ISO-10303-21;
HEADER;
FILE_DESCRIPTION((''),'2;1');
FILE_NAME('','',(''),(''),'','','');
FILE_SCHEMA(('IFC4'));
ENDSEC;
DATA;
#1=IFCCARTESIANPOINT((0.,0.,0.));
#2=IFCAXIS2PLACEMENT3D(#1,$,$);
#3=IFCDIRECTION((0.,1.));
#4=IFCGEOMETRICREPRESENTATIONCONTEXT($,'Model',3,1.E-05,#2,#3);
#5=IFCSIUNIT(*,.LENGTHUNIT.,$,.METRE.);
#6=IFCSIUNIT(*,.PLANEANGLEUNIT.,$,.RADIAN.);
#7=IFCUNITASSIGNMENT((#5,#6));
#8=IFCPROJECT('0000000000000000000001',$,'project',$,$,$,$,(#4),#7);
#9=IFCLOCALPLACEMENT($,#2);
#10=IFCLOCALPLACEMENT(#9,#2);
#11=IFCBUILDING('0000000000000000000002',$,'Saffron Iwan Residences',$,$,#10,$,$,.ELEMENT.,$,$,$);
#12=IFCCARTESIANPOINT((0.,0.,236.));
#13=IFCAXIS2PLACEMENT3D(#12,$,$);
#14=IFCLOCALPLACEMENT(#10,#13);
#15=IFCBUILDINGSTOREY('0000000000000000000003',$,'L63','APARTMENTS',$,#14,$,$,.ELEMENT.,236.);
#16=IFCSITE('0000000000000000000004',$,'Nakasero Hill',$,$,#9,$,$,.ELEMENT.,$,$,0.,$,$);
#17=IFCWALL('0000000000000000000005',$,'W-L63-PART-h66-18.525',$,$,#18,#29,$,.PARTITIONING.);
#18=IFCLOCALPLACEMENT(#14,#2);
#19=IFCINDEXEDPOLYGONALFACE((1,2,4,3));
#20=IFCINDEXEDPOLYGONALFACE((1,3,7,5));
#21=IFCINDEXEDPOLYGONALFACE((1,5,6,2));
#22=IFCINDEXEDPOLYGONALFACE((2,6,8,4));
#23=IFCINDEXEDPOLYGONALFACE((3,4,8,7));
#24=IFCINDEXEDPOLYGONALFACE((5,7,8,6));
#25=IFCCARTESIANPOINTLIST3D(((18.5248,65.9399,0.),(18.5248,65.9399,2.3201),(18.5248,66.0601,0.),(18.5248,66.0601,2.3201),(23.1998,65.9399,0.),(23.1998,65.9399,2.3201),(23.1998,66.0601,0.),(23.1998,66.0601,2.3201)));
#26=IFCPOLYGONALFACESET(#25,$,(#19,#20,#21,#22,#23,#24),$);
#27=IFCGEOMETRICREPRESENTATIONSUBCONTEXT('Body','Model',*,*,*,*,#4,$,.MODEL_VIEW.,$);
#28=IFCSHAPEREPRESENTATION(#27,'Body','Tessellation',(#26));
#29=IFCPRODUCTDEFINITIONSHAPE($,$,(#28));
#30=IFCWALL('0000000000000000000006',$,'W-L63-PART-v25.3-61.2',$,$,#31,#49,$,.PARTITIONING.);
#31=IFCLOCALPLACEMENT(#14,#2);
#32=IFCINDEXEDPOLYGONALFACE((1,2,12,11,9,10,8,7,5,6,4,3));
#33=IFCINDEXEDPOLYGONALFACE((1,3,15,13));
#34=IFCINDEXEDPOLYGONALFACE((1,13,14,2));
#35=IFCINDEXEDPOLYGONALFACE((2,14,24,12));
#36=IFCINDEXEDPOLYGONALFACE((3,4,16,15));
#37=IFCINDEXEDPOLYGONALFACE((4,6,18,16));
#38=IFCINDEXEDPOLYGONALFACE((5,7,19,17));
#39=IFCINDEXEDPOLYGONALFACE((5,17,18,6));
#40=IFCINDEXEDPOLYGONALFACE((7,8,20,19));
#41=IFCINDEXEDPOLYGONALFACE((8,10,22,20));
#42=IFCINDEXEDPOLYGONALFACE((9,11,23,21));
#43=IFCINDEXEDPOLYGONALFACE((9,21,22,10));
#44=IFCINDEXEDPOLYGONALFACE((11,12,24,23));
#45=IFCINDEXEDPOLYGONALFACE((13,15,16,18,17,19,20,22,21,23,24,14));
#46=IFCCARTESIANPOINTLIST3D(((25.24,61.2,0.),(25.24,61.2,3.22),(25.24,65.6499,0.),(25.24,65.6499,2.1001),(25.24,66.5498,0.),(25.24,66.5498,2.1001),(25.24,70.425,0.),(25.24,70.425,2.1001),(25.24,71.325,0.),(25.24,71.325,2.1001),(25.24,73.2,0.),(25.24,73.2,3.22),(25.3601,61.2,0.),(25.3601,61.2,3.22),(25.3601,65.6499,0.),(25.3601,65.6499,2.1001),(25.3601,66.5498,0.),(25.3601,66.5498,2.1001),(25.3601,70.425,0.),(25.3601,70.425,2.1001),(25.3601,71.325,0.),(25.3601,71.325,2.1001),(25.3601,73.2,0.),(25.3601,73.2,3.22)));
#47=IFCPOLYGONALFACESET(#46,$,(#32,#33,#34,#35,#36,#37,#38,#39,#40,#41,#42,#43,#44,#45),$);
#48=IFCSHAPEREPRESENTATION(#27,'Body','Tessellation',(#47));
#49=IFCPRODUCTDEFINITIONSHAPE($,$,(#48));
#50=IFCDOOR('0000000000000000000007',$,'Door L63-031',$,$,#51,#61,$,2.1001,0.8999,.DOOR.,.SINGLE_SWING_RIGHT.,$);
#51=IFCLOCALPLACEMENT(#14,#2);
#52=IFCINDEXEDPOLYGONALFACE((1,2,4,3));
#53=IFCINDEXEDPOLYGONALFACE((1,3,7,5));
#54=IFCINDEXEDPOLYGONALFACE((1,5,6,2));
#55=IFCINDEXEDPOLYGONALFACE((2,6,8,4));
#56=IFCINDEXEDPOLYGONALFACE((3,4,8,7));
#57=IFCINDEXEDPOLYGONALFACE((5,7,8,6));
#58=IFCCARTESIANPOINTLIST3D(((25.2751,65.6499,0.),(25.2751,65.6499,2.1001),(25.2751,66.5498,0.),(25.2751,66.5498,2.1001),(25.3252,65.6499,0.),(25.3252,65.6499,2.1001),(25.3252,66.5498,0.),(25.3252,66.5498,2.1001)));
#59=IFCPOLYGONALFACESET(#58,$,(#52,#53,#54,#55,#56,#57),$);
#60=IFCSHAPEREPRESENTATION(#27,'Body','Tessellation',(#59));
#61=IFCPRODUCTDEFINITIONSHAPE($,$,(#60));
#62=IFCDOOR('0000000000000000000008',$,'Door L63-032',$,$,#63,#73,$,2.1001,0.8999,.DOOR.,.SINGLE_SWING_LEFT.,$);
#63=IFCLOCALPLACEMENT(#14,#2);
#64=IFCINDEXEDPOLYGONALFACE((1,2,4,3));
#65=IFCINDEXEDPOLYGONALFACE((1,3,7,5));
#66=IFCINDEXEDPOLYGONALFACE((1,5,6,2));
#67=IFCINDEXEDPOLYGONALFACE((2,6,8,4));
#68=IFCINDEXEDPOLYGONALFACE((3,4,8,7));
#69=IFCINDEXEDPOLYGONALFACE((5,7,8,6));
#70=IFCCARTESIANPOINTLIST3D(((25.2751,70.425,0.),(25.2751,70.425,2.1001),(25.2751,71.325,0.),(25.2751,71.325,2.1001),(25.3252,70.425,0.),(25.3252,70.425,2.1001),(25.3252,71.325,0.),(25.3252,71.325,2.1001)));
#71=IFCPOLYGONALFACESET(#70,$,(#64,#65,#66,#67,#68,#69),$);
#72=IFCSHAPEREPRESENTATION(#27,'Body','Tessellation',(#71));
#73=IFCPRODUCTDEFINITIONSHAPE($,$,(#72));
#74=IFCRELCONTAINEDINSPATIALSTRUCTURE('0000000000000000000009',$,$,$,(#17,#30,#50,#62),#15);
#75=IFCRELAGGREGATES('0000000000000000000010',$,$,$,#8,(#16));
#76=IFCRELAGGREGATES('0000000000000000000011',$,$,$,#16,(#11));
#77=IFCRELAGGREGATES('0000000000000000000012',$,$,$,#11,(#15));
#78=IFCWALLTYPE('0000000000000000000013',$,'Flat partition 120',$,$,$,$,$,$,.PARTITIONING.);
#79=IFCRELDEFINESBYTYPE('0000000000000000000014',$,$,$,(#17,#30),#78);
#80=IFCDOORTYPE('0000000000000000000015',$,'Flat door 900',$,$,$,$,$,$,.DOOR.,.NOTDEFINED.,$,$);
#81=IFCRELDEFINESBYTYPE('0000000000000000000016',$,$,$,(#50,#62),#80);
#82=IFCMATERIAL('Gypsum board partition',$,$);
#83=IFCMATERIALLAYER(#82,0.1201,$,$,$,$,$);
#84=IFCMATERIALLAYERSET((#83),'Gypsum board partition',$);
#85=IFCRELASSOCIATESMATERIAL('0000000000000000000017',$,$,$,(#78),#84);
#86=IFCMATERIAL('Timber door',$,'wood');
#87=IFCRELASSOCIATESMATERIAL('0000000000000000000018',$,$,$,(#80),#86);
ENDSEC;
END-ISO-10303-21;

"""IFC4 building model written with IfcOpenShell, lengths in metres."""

from ifc_helpers import new_model, si_unit, direction, frame, frame_2d, origin, place, context, subcontext, project, spatial, rectangle, extrude, material, layer, layer_set, type_object, element, fill, save


model = new_model("IFC4")

# Units and contexts
model_context = context("Model", 3, precision=1e-05, world=origin(), true_north=direction((0.0, 1.0)))
body_context = subcontext(model_context, "Body", "Model", "MODEL_VIEW")
ifc_project = project(units=[si_unit("LENGTHUNIT", "METRE"), si_unit("PLANEANGLEUNIT", "RADIAN")], contexts=[model_context])

# Site, building, storey
site_placement = place(None, origin())
site = spatial("IfcSite", under=ifc_project, at=site_placement, Name="Nakasero Hill", CompositionType="ELEMENT", RefElevation=0.0)
building_placement = place(site_placement, origin())
building = spatial("IfcBuilding", under=site, at=building_placement, Name="Saffron Iwan Residences", CompositionType="ELEMENT")
storey_placement = place(building_placement, frame((0.0, 0.0, 236.0)))
storey = spatial("IfcBuildingStorey", under=building, at=storey_placement, Name="L63", Description="APARTMENTS", CompositionType="ELEMENT", Elevation=236.0)

# Shared definitions
ifc_material_1 = material(Name="Gypsum board partition")
ifc_layer_1 = layer(ifc_material_1, 0.1201)
ifc_layer_set_1 = layer_set([ifc_layer_1], Name="Gypsum board partition")
wall_type_1 = type_object("IfcWallType", Name="Flat partition 120", PredefinedType="PARTITIONING", material=ifc_layer_set_1)

# Shared definitions
ifc_material_2 = material(Name="Timber door", Category="wood")

# Wall
wall_1_placement = place(storey_placement, frame((18.5249, 66.0, 0.0), z_axis=(0.0, 0.0, 1.0), x_axis=(1.0, 0.0, 0.0)))
element("IfcWall", 1, at=wall_1_placement, inside=storey, type_object=wall_type_1, Name="W-L63-PART-h66-18.525", PredefinedType="PARTITIONING", context=body_context, shape_type="SweptSolid", body=[
    extrude(rectangle(XDim=4.675, YDim=0.1201, at=frame_2d((2.3374, 0.0))), origin(), (0.0, 0.0, 1.0), 2.3201),
])

# Wall, openings, doors
wall_2_placement = place(storey_placement, frame((25.3, 61.2, 0.0), z_axis=(0.0, 0.0, 1.0), x_axis=(0.0, 1.0, 0.0)))
wall_2 = element("IfcWall", 2, at=wall_2_placement, inside=storey, type_object=wall_type_1, Name="W-L63-PART-v25.3-61.2", PredefinedType="PARTITIONING", context=body_context, shape_type="SweptSolid", body=[
    extrude(rectangle(XDim=12.0, YDim=0.1201, at=frame_2d((6.0, 0.0))), origin(), (0.0, 0.0, 1.0), 3.22),
])
opening_1_placement = place(wall_2_placement, frame((4.45, 0.0, 0.0)))
opening_1 = element("IfcOpeningElement", 3, at=opening_1_placement, cuts=wall_2, PredefinedType="OPENING", context=body_context, shape_type="SweptSolid", body=[
    extrude(rectangle(XDim=0.8999, YDim=2.1001, at=frame_2d((0.45, 1.05))), frame((0.0, 0.0701, 0.0), z_axis=(0.0, -1.0, 0.0), x_axis=(1.0, 0.0, 0.0)), (0.0, 0.0, 1.0), 0.1401),
])
opening_2_placement = place(wall_2_placement, frame((9.2251, 0.0, 0.0)))
opening_2 = element("IfcOpeningElement", 4, at=opening_2_placement, cuts=wall_2, PredefinedType="OPENING", context=body_context, shape_type="SweptSolid", body=[
    extrude(rectangle(XDim=0.8999, YDim=2.1001, at=frame_2d((0.45, 1.05))), frame((0.0, 0.0701, 0.0), z_axis=(0.0, -1.0, 0.0), x_axis=(1.0, 0.0, 0.0)), (0.0, 0.0, 1.0), 0.1401),
])
door_type_1 = type_object("IfcDoorType", Name="Flat door 900", OperationType="NOTDEFINED", PredefinedType="DOOR", material=ifc_material_2)
door_1_placement = place(opening_1_placement, origin())
door_1 = element("IfcDoor", 5, at=door_1_placement, inside=storey, type_object=door_type_1, Name="Door L63-031", OperationType="SINGLE_SWING_RIGHT", OverallHeight=2.1001, OverallWidth=0.8999, PredefinedType="DOOR", context=body_context, shape_type="SweptSolid", body=[
    extrude(rectangle(XDim=0.8999, YDim=2.1001, at=frame_2d((0.45, 1.05))), frame((0.0, 0.0249, 0.0), z_axis=(0.0, -1.0, 0.0), x_axis=(1.0, 0.0, 0.0)), (0.0, 0.0, 1.0), 0.05),
])
fill(opening_1, door_1)
door_2_placement = place(opening_2_placement, origin())
door_2 = element("IfcDoor", 6, at=door_2_placement, inside=storey, type_object=door_type_1, Name="Door L63-032", OperationType="SINGLE_SWING_LEFT", OverallHeight=2.1001, OverallWidth=0.8999, PredefinedType="DOOR", context=body_context, shape_type="SweptSolid", body=[
    extrude(rectangle(XDim=0.8999, YDim=2.1001, at=frame_2d((0.45, 1.05))), frame((0.0, 0.0249, 0.0), z_axis=(0.0, -1.0, 0.0), x_axis=(1.0, 0.0, 0.0)), (0.0, 0.0, 1.0), 0.05),
])
fill(opening_2, door_2)

save(model, "model.ifc")
